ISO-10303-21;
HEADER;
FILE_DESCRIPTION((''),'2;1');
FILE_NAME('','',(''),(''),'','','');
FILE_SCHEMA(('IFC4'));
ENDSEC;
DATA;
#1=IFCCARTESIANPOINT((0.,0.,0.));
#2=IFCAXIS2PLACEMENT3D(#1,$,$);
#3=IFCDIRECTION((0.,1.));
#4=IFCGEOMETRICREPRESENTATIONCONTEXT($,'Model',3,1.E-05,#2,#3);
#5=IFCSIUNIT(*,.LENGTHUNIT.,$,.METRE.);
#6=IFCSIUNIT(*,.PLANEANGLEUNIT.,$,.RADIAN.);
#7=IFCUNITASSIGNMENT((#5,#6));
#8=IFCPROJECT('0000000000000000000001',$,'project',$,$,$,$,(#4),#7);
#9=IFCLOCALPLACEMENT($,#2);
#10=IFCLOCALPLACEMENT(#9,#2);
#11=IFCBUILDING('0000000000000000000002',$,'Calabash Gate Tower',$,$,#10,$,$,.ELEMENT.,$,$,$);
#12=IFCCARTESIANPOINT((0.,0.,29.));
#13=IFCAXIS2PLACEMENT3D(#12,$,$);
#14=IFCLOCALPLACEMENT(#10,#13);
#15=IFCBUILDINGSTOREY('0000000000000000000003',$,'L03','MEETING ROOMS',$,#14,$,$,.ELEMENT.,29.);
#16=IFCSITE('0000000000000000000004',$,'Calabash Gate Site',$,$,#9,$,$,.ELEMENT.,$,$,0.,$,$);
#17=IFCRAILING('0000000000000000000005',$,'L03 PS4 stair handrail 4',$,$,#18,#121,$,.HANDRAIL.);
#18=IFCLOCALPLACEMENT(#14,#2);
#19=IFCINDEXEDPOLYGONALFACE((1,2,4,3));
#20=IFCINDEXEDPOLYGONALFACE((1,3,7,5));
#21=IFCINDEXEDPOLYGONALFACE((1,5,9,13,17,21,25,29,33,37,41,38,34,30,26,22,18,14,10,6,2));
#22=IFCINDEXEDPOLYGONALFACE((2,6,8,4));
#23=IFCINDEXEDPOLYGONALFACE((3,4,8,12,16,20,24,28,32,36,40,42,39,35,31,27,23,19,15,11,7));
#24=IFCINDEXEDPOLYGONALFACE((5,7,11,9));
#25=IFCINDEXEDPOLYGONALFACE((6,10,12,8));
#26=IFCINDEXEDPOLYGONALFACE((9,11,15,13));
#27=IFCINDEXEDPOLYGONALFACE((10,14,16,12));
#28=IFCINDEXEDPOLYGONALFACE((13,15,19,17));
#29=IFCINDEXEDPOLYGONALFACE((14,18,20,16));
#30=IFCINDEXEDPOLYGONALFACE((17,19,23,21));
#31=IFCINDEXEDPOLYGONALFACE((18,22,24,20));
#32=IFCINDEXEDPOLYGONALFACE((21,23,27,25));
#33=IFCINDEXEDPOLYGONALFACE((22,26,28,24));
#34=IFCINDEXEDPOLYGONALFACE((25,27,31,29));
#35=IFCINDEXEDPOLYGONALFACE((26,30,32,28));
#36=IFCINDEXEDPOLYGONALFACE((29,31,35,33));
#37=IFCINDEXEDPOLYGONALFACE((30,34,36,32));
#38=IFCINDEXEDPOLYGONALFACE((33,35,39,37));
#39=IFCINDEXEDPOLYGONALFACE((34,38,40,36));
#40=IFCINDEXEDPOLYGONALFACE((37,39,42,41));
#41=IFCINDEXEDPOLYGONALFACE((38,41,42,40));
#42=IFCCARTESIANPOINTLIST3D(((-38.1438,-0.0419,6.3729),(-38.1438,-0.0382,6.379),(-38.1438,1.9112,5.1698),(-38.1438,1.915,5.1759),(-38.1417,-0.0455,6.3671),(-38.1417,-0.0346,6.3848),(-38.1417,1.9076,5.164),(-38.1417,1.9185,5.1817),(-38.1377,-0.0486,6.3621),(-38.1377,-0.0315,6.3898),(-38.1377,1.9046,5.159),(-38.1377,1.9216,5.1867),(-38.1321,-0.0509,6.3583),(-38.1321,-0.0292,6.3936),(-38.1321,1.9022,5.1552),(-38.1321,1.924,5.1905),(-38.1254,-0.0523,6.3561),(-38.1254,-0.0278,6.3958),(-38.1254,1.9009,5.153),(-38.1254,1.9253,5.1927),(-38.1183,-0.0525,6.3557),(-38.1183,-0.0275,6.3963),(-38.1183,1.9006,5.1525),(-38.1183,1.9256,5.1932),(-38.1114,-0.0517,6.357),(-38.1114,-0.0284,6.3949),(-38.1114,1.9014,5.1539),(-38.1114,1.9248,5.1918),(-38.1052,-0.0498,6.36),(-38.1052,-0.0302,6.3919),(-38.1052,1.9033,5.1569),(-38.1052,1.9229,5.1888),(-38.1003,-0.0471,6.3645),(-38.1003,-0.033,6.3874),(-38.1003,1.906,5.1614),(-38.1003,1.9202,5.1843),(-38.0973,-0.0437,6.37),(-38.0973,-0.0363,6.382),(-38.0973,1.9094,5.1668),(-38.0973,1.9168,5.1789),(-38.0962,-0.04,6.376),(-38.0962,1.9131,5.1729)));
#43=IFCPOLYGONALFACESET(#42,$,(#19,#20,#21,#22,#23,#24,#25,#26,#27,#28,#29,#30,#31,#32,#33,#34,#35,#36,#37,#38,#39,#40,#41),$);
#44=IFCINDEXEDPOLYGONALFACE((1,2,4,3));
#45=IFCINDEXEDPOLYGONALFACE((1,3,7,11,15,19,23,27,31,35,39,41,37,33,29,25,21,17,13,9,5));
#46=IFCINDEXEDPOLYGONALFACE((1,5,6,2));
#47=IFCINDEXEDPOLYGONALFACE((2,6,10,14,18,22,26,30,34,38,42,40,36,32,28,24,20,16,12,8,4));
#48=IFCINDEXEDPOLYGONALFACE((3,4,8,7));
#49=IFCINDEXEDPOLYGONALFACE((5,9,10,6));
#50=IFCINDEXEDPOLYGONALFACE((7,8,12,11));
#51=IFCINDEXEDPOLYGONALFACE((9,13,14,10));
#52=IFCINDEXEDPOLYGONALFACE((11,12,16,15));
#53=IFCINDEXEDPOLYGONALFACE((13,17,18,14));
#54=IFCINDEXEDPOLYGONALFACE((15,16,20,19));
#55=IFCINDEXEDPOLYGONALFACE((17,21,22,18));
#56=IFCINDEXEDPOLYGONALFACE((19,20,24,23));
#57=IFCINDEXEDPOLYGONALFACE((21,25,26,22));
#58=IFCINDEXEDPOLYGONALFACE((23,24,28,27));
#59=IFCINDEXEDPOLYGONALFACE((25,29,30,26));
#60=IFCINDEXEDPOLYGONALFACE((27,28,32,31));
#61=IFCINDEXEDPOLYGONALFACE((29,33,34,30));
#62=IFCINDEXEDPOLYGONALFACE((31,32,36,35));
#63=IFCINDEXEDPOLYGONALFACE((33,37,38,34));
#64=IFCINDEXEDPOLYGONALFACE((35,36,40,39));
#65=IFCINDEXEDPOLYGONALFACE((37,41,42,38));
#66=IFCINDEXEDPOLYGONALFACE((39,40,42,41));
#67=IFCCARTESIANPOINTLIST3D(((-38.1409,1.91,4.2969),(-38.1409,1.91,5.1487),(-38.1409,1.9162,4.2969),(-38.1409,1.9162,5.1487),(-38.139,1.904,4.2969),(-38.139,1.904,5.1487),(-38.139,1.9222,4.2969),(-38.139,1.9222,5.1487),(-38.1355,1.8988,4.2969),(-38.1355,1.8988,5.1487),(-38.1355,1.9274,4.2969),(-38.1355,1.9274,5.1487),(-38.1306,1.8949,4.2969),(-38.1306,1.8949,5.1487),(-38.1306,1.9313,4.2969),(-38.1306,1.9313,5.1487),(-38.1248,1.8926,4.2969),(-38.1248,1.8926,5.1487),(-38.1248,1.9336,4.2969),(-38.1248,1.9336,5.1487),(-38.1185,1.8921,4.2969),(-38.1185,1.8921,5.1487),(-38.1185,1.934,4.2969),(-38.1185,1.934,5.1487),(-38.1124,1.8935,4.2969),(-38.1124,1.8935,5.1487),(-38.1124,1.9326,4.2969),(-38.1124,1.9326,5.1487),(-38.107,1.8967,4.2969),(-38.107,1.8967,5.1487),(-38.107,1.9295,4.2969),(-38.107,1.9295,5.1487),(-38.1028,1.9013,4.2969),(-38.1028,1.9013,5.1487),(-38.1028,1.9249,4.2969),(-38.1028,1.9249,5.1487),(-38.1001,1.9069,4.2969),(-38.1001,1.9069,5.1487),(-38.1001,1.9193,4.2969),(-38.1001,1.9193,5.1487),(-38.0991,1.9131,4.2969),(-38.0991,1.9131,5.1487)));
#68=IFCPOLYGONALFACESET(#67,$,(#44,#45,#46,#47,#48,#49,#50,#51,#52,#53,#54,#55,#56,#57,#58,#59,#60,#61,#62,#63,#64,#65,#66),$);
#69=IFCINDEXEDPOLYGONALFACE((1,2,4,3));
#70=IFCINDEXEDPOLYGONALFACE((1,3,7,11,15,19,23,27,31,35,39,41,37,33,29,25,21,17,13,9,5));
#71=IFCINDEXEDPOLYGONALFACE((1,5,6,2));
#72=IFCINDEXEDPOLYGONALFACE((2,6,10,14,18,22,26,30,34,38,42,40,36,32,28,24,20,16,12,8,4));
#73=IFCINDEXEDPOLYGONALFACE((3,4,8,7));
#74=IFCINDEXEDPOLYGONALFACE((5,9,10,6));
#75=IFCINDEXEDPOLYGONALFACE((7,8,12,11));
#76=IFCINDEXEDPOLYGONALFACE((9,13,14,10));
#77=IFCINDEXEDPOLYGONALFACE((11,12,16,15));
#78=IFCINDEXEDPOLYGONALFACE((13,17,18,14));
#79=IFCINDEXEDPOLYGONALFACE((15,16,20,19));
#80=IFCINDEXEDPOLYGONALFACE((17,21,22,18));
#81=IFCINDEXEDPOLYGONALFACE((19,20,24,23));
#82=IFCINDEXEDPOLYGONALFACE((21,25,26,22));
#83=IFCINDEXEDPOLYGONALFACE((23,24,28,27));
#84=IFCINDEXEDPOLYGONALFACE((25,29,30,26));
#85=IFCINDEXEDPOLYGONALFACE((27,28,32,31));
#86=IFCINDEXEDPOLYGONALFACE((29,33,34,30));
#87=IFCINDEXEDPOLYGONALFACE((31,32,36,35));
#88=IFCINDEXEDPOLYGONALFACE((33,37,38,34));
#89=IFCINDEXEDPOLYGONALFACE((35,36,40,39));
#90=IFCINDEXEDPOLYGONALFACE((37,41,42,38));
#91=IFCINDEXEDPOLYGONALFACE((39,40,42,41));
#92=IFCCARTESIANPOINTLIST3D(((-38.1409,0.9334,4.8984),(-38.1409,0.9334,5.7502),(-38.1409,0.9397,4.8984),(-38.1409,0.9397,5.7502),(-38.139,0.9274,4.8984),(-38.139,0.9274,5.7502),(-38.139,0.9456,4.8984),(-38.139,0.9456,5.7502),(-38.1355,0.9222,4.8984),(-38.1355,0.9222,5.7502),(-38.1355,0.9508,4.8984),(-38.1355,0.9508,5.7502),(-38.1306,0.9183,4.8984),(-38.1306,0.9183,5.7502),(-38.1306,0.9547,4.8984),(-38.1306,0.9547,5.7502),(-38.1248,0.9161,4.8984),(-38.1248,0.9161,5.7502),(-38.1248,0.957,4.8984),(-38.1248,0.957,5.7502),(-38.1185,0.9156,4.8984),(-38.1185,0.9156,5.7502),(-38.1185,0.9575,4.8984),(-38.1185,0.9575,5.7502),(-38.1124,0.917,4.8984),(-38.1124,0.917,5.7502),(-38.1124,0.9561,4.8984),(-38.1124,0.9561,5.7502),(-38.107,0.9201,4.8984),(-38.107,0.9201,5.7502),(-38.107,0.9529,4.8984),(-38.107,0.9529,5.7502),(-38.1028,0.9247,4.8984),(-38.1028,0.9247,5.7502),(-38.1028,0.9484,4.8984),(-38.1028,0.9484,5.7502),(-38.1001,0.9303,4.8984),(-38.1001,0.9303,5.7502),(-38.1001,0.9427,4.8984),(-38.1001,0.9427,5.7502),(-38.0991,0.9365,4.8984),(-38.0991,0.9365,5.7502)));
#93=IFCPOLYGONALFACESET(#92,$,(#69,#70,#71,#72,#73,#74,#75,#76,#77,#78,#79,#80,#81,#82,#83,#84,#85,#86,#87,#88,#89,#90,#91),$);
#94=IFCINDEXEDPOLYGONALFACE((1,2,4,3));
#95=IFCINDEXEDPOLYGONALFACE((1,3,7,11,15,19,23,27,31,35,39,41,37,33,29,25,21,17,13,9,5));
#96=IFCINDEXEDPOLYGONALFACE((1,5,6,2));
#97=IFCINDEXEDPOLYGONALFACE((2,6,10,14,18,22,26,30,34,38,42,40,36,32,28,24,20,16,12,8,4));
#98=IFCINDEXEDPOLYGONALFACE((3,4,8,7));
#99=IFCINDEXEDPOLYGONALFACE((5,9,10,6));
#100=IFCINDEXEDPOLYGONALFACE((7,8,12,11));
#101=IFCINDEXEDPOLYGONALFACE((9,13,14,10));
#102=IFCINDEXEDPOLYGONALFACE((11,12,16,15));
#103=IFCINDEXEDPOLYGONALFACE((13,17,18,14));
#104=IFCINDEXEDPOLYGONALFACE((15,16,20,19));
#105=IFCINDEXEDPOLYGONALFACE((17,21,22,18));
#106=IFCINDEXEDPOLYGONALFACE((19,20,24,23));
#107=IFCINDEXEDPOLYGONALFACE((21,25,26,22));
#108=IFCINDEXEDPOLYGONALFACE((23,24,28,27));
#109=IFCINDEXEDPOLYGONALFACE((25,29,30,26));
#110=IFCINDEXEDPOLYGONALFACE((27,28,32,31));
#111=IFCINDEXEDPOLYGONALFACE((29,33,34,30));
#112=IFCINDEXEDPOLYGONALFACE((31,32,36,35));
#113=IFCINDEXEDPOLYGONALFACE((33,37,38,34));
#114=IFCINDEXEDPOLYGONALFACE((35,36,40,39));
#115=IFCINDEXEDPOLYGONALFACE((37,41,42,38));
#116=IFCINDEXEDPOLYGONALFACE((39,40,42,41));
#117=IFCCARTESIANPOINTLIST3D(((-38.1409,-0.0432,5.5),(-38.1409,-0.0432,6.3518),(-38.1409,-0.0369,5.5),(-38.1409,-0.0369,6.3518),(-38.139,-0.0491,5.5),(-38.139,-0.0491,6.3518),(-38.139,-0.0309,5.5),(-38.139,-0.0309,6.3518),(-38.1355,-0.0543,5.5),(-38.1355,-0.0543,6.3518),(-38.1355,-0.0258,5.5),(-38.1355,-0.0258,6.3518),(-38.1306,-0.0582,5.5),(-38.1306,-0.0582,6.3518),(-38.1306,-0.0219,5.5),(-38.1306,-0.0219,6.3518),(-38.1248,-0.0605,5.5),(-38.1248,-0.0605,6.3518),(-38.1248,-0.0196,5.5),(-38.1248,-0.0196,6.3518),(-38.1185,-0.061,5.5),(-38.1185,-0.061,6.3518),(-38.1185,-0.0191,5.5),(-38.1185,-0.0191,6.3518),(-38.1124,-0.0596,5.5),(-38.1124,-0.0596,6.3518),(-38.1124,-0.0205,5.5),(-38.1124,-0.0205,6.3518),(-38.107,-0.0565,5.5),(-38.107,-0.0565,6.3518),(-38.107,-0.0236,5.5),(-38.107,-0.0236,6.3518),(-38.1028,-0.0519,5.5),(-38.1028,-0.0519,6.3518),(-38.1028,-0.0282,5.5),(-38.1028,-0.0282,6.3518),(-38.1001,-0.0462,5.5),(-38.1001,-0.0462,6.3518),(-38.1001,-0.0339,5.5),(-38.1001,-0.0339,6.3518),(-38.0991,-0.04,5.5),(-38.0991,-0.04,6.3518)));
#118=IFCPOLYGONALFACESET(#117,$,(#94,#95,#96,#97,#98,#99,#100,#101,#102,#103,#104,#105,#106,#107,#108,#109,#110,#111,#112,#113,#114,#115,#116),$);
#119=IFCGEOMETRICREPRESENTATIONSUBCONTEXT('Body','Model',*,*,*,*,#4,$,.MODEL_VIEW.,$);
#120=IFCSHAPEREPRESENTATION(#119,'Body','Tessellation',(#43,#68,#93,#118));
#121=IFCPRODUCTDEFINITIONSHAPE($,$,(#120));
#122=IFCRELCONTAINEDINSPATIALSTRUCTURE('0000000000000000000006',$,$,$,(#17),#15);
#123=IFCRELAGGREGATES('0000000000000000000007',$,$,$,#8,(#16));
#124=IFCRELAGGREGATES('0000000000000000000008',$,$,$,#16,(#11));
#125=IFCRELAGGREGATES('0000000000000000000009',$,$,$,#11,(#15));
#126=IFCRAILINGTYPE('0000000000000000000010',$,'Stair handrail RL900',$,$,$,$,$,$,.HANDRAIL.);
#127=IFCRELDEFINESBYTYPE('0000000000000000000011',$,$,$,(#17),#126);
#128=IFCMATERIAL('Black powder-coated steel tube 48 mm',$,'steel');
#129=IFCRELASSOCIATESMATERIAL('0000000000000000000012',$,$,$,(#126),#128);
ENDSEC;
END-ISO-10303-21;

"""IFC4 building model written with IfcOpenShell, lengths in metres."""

from ifc_helpers import new_model, si_unit, direction, frame, origin, origin_2d, place, context, subcontext, project, spatial, circle, extrude, material, type_object, element, save


model = new_model("IFC4")

# Units and contexts
model_context = context("Model", 3, precision=1e-05, world=origin(), true_north=direction((0.0, 1.0)))
body_context = subcontext(model_context, "Body", "Model", "MODEL_VIEW")
ifc_project = project(units=[si_unit("LENGTHUNIT", "METRE"), si_unit("PLANEANGLEUNIT", "RADIAN")], contexts=[model_context])

# Site, building, storey
site_placement = place(None, origin())
site = spatial("IfcSite", under=ifc_project, at=site_placement, Name="Calabash Gate Site", CompositionType="ELEMENT", RefElevation=0.0)
building_placement = place(site_placement, origin())
building = spatial("IfcBuilding", under=site, at=building_placement, Name="Calabash Gate Tower", CompositionType="ELEMENT")
storey_placement = place(building_placement, frame((0.0, 0.0, 29.0)))
storey = spatial("IfcBuildingStorey", under=building, at=storey_placement, Name="L03", Description="MEETING ROOMS", CompositionType="ELEMENT", Elevation=29.0)

# Railing
ifc_material_1 = material(Name="Black powder-coated steel tube 48 mm", Category="steel")
railing_type_1 = type_object("IfcRailingType", Name="Stair handrail RL900", PredefinedType="HANDRAIL", material=ifc_material_1)
railing_1_placement = place(storey_placement, frame((-38.1201, 1.9131, 4.2969)))
element("IfcRailing", 1, at=railing_1_placement, inside=storey, type_object=railing_type_1, Name="L03 PS4 stair handrail 4", PredefinedType="HANDRAIL", context=body_context, shape_type="SweptSolid", body=[
    extrude(circle(Radius=0.0239, at=origin_2d()), frame((0.0, 0.0, 0.876), z_axis=(0.0, -0.851424, 0.524477), x_axis=(1.0, 0.0, 0.0)), (0.0, 0.0, 1.0), 2.2939),
    extrude(circle(Radius=0.021, at=origin_2d()), origin(), (0.0, 0.0, 1.0), 0.8518),
    extrude(circle(Radius=0.021, at=origin_2d()), frame((0.0, -0.9766, 0.6016)), (0.0, 0.0, 1.0), 0.8518),
    extrude(circle(Radius=0.021, at=origin_2d()), frame((0.0, -1.9531, 1.2031)), (0.0, 0.0, 1.0), 0.8518),
])

save(model, "model.ifc")
